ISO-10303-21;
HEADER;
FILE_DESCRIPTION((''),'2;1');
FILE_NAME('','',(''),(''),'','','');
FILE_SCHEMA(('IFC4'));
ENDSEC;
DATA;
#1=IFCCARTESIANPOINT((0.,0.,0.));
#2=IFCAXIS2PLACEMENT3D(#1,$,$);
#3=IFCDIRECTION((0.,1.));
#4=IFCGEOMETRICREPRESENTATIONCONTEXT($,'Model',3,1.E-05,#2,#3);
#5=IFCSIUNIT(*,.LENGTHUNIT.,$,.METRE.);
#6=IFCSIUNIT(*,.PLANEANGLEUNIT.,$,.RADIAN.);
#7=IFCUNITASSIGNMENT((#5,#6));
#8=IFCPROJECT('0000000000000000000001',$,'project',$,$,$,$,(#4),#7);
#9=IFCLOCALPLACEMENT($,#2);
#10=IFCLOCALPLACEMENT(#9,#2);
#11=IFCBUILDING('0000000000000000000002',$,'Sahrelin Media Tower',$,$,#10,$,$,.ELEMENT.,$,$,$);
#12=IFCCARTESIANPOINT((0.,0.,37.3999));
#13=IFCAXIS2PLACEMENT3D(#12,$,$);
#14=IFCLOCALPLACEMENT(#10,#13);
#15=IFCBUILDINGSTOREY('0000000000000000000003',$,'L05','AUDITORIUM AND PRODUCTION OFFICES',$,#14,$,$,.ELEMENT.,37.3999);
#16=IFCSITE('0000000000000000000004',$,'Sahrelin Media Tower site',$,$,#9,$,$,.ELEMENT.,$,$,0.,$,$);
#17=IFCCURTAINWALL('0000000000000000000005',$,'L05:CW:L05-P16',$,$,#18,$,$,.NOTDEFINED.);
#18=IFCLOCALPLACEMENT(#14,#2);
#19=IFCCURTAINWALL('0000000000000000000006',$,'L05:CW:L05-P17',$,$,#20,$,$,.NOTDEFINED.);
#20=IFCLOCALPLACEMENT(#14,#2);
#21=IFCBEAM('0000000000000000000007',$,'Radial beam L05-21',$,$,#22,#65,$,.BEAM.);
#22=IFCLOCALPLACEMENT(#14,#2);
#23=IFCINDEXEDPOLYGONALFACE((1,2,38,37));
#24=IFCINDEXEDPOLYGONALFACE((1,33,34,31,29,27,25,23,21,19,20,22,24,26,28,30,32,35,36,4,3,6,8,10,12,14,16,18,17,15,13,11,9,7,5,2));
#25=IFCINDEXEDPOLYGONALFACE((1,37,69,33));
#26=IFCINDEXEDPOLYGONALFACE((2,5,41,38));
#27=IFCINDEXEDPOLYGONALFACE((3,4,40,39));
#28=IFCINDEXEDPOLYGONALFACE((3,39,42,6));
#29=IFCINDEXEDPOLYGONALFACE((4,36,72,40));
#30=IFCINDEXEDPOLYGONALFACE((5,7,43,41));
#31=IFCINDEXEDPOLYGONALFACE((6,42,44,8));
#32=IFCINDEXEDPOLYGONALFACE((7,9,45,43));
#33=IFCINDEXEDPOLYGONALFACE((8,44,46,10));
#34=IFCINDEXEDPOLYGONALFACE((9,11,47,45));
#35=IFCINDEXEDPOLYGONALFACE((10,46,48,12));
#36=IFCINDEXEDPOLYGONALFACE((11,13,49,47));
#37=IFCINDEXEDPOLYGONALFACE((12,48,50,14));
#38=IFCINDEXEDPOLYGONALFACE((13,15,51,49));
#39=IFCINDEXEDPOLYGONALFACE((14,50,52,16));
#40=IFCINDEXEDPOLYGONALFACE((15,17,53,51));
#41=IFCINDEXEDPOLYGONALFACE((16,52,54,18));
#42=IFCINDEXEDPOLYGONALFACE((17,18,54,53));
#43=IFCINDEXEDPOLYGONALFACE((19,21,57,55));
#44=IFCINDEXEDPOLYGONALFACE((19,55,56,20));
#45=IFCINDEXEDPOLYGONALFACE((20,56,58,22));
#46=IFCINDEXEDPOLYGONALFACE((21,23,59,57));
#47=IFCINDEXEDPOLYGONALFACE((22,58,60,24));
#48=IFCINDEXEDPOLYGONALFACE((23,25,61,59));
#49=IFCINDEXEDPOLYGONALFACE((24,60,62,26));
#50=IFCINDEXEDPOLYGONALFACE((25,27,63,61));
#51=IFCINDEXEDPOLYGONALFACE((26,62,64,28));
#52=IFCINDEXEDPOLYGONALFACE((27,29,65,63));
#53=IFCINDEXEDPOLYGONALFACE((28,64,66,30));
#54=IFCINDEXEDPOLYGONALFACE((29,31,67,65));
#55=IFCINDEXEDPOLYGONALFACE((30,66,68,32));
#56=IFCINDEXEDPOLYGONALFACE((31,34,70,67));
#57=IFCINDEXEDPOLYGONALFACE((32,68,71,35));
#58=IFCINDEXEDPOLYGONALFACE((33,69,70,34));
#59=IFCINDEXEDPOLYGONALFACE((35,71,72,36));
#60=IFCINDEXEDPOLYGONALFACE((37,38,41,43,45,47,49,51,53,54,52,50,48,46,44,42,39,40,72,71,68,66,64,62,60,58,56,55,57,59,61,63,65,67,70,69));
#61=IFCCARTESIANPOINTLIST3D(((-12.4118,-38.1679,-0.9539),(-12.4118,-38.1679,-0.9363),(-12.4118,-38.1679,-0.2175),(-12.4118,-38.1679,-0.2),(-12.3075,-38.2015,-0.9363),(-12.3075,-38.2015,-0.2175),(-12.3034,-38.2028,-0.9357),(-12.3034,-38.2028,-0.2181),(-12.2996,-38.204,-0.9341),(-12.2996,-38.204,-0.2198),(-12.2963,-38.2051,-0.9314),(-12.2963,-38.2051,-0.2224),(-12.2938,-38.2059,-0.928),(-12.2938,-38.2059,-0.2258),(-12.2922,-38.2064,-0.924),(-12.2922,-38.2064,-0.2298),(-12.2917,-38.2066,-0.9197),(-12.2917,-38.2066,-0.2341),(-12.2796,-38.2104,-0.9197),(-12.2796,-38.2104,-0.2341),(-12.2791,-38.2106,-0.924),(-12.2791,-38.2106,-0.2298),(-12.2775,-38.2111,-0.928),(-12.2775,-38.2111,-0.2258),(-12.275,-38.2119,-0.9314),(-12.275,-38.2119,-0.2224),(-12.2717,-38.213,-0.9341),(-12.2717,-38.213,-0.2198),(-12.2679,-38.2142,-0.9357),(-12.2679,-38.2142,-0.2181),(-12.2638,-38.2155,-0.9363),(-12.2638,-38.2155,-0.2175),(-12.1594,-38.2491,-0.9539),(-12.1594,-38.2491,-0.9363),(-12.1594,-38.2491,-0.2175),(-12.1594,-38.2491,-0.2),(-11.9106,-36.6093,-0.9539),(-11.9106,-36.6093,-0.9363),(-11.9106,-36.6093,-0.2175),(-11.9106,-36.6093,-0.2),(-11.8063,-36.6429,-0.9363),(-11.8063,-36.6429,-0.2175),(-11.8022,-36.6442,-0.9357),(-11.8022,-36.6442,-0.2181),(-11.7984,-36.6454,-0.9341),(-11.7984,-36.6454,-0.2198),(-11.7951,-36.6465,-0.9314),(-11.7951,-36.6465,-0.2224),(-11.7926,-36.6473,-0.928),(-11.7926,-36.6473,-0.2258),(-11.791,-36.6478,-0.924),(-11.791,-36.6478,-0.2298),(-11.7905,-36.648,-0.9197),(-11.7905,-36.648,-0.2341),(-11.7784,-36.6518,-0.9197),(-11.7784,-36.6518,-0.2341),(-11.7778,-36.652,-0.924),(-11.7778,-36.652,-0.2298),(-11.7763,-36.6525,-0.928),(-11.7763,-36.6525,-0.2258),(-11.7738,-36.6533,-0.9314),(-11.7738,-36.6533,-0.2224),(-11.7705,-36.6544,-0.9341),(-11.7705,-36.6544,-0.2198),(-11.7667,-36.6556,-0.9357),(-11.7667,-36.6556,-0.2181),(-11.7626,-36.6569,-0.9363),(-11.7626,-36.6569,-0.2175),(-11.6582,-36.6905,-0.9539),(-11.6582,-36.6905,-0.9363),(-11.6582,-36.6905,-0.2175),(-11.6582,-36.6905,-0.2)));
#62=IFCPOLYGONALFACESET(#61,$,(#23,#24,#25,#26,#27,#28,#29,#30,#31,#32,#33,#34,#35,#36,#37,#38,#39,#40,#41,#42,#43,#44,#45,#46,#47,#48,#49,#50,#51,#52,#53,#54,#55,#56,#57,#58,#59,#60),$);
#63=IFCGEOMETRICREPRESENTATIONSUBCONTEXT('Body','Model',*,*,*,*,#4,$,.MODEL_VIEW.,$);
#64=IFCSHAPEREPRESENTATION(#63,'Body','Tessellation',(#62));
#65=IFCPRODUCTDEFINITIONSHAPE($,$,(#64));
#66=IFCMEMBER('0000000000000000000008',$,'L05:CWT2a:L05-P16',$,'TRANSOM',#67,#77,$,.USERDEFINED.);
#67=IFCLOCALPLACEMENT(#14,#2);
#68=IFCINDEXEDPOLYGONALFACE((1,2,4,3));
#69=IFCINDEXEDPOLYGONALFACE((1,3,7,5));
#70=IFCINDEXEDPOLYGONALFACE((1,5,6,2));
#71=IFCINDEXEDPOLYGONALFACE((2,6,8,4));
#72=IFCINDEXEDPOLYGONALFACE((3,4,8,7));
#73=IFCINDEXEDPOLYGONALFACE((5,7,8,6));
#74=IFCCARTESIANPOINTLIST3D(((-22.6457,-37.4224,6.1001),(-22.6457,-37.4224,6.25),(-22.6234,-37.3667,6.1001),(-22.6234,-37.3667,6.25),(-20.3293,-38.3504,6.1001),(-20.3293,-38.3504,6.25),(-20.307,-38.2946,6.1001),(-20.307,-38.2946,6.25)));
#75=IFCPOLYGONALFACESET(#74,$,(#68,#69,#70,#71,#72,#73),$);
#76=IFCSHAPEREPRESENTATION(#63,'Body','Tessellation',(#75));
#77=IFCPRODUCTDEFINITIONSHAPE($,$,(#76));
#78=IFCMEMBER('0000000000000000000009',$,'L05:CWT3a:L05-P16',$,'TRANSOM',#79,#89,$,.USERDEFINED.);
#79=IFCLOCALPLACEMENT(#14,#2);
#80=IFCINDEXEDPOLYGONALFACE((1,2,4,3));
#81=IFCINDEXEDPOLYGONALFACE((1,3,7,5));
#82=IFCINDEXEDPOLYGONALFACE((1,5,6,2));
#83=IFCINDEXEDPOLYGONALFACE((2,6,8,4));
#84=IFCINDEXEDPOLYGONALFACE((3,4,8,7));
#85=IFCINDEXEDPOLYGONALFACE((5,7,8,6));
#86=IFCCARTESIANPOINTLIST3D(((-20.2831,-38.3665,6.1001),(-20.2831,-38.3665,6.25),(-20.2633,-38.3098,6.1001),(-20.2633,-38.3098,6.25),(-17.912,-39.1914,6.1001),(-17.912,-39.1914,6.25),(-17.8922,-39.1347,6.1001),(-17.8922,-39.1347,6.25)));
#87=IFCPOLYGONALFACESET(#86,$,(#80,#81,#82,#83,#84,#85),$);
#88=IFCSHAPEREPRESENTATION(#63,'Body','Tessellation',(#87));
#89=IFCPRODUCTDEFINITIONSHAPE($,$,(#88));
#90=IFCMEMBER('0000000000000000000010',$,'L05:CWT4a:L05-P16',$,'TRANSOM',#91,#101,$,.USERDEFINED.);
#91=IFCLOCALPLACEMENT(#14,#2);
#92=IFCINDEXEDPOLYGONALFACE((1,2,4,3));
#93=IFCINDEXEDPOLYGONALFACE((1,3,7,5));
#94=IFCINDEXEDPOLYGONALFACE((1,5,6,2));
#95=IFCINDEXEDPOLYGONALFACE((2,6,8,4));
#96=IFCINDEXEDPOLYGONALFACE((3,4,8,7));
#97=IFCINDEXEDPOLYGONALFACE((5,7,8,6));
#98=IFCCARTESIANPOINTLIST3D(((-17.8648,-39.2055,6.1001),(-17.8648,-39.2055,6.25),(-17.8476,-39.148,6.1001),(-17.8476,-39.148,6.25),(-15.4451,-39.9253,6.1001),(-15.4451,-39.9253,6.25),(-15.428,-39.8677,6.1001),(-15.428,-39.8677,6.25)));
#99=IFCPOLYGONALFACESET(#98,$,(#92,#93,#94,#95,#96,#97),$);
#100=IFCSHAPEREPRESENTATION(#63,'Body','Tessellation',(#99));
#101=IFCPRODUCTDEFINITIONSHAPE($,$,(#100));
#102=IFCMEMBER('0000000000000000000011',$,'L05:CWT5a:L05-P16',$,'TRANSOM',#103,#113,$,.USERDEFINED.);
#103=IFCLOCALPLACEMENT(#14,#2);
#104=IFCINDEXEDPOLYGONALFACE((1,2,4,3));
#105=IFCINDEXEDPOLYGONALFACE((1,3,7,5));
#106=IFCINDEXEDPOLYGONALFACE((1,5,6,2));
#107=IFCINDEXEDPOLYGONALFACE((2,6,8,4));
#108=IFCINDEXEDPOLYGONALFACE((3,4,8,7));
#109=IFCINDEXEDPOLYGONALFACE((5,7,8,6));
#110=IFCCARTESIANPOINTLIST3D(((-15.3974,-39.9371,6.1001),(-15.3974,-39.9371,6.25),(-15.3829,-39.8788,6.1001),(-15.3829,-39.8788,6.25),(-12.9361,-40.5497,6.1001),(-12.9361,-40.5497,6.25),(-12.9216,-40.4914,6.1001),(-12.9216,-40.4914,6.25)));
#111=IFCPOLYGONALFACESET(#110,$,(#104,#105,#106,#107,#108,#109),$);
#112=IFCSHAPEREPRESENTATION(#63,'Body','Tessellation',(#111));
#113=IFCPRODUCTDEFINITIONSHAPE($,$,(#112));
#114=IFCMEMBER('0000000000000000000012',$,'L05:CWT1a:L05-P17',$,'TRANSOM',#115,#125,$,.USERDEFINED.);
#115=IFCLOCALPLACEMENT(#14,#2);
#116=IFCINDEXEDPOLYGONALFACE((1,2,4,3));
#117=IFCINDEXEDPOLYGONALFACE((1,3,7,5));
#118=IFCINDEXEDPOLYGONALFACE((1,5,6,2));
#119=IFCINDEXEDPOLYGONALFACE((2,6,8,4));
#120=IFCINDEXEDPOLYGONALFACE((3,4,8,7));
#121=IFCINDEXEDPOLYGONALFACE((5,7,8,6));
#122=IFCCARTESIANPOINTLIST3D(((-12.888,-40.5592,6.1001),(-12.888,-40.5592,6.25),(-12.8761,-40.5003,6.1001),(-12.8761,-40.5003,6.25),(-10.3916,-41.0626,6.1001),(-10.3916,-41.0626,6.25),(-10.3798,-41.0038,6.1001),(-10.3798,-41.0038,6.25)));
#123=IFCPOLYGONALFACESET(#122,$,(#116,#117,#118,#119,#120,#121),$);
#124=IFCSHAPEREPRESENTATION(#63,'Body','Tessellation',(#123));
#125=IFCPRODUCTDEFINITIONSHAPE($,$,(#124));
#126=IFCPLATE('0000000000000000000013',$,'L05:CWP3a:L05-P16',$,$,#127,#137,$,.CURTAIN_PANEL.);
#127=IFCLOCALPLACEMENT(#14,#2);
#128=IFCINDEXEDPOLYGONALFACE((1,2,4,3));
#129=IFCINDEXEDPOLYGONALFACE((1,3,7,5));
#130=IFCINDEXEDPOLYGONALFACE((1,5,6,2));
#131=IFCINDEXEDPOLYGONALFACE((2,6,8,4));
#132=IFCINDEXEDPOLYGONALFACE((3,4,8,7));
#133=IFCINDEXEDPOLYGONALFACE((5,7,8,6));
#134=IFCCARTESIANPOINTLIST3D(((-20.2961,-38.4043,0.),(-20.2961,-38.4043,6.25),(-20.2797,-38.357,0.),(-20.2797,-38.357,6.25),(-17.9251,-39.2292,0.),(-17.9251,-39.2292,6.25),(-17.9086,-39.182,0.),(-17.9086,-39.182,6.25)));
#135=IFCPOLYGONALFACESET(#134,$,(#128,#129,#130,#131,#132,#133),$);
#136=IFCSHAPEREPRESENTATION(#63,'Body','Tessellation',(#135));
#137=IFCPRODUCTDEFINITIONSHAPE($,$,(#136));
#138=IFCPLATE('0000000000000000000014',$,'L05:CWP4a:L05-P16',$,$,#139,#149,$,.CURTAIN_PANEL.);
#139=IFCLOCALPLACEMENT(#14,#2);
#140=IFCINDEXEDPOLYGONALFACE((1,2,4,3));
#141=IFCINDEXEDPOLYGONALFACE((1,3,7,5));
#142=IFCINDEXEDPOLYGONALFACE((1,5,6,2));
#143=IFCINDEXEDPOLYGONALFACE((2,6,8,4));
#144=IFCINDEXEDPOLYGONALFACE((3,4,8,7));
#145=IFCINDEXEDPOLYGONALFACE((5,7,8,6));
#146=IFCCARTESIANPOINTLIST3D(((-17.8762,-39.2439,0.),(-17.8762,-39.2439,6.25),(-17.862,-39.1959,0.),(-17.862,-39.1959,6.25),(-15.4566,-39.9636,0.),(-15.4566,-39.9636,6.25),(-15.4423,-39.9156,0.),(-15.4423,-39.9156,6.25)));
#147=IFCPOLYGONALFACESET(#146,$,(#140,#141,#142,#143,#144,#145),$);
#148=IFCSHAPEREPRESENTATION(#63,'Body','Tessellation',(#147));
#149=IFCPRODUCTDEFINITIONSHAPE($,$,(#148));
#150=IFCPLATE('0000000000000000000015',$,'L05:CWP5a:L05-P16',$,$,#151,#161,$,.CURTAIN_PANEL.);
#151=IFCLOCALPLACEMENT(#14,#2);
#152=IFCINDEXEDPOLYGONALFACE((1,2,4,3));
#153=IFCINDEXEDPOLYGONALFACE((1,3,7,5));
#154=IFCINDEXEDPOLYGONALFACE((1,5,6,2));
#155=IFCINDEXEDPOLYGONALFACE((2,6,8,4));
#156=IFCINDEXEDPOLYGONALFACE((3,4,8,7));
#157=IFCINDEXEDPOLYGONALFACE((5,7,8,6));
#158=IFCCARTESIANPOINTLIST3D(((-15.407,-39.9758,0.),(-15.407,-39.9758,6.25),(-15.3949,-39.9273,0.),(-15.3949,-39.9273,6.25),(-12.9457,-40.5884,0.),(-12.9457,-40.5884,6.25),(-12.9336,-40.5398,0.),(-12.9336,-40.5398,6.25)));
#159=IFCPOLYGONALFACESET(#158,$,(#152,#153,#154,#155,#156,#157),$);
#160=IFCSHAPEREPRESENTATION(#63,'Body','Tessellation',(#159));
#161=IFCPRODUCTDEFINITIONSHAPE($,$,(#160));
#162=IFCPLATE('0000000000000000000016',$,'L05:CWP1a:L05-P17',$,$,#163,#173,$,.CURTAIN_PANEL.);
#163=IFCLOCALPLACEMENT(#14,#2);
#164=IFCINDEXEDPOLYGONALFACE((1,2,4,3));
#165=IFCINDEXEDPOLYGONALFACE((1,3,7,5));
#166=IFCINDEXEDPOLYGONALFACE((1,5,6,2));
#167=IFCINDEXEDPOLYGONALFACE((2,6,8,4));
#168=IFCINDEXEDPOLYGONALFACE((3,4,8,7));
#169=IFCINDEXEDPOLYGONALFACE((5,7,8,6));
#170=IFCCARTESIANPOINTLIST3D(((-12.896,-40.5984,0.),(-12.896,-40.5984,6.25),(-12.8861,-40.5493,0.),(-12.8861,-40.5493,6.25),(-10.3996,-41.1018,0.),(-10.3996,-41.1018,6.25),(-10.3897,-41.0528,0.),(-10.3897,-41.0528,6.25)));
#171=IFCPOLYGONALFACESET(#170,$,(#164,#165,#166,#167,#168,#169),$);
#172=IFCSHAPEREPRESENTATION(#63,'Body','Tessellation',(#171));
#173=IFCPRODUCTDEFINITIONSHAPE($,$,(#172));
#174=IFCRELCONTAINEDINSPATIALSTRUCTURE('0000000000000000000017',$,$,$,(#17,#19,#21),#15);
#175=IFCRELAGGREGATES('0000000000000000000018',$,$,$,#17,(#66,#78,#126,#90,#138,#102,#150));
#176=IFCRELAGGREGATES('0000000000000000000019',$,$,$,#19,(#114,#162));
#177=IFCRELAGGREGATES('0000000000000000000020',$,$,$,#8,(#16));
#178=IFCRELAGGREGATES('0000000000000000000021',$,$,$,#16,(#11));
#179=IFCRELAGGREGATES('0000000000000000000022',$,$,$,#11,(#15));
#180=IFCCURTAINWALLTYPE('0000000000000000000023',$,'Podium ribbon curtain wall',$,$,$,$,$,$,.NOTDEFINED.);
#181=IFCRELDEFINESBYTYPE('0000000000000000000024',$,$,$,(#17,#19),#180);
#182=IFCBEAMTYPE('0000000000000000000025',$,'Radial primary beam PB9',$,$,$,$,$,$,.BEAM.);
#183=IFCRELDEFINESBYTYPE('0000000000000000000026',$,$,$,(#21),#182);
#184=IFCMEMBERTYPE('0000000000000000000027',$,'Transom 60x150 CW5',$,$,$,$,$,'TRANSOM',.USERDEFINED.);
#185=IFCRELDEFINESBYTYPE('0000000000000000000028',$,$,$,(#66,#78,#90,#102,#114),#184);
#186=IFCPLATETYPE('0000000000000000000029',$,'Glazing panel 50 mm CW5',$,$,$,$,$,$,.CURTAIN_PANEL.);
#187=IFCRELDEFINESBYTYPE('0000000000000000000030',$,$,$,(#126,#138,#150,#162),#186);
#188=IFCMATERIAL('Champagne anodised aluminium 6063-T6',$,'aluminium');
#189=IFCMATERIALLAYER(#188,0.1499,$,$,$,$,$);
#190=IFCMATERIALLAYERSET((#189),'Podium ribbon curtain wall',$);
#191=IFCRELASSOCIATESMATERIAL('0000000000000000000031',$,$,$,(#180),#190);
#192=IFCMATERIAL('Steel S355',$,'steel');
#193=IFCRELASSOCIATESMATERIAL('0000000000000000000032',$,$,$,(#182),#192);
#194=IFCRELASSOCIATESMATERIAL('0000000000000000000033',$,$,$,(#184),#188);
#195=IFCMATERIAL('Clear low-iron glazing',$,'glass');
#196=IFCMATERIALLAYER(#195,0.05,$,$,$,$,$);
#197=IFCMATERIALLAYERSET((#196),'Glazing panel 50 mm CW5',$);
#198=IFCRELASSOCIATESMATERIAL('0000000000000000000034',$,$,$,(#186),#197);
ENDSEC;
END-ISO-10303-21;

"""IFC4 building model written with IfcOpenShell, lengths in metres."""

from ifc_helpers import new_model, si_unit, direction, frame, origin, origin_2d, place, context, subcontext, project, spatial, polyline, rectangle, i_section, outline, extrude, material, layer, layer_set, material_profile, profile_set, type_object, element, aggregate, save


model = new_model("IFC4")

# Units and contexts
model_context = context("Model", 3, precision=1e-05, world=origin(), true_north=direction((0.0, 1.0)))
body_context = subcontext(model_context, "Body", "Model", "MODEL_VIEW")
ifc_project = project(units=[si_unit("LENGTHUNIT", "METRE"), si_unit("PLANEANGLEUNIT", "RADIAN")], contexts=[model_context])

# Site, building, storey
site_placement = place(None, origin())
site = spatial("IfcSite", under=ifc_project, at=site_placement, Name="Sahrelin Media Tower site", CompositionType="ELEMENT", RefElevation=0.0)
building_placement = place(site_placement, origin())
building = spatial("IfcBuilding", under=site, at=building_placement, Name="Sahrelin Media Tower", CompositionType="ELEMENT")
storey_placement = place(building_placement, frame((0.0, 0.0, 37.3999)))
storey = spatial("IfcBuildingStorey", under=building, at=storey_placement, Name="L05", Description="AUDITORIUM AND PRODUCTION OFFICES", CompositionType="ELEMENT", Elevation=37.3999)

# Shared definitions
ifc_material_1 = material(Name="Steel S355", Category="steel")

# Curtain wall
ifc_material_2 = material(Name="Champagne anodised aluminium 6063-T6", Category="aluminium")
ifc_layer_1 = layer(ifc_material_2, 0.1499)
ifc_layer_set_1 = layer_set([ifc_layer_1], Name="Podium ribbon curtain wall")
curtain_wall_type = type_object("IfcCurtainWallType", Name="Podium ribbon curtain wall", PredefinedType="NOTDEFINED", material=ifc_layer_set_1)
curtain_wall_1_placement = place(storey_placement, frame((-25.0, -36.373, 0.0), z_axis=(0.0, 0.0, 1.0), x_axis=(1.0, 0.0, 0.0)))
curtain_wall_1 = element("IfcCurtainWall", 1, at=curtain_wall_1_placement, inside=storey, type_object=curtain_wall_type, Name="L05:CW:L05-P16", PredefinedType="NOTDEFINED")

# Curtain wall
curtain_wall_2_placement = place(storey_placement, frame((-12.9409, -40.5688, 0.0), z_axis=(0.0, 0.0, 1.0), x_axis=(1.0, 0.0, 0.0)))
curtain_wall_2 = element("IfcCurtainWall", 2, at=curtain_wall_2_placement, inside=storey, type_object=curtain_wall_type, Name="L05:CW:L05-P17", PredefinedType="NOTDEFINED")

# Beam
ifc_material_profile_1 = material_profile(ifc_material_1, i_section(OverallWidth=0.2651, OverallDepth=0.7539, WebThickness=0.0127, FlangeThickness=0.0176, FilletRadius=0.0166, at=origin_2d()), Name="UB 762x267x147")
ifc_profile_set_1 = profile_set([ifc_material_profile_1], Name="Steel S355")
beam_type_1 = type_object("IfcBeamType", Name="Radial primary beam PB9", PredefinedType="BEAM", material=ifc_profile_set_1)
beam_1_placement = place(storey_placement, frame((-11.7844, -36.6499, -0.5769), z_axis=(-0.306144, -0.951985, 0.0), x_axis=(0.951985, -0.306144, 0.0)))
element("IfcBeam", 3, at=beam_1_placement, inside=storey, type_object=beam_type_1, Name="Radial beam L05-21", PredefinedType="BEAM", context=body_context, shape_type="SweptSolid", body=[
    extrude(i_section(OverallWidth=0.2651, OverallDepth=0.7539, WebThickness=0.0127, FlangeThickness=0.0176, FilletRadius=0.0166, at=origin_2d()), origin(), (0.0, 0.0, 1.0), 1.6372),
])

# Members
ifc_material_profile_2 = material_profile(ifc_material_2, rectangle(XDim=0.0601, YDim=0.1499, at=origin_2d()), Name="Transom 60x150")
ifc_profile_set_2 = profile_set([ifc_material_profile_2], Name="Champagne anodised aluminium 6063-T6")
member_type_1 = type_object("IfcMemberType", Name="Transom 60x150 CW5", ElementType="TRANSOM", PredefinedType="USERDEFINED", material=ifc_profile_set_2)
member_1_placement = place(storey_placement, frame((-22.6345, -37.3945, 6.175), z_axis=(0.928281, -0.37188, 0.0), x_axis=(0.37188, 0.928281, 0.0)))
member_1 = element("IfcMember", 4, at=member_1_placement, type_object=member_type_1, Name="L05:CWT2a:L05-P16", ObjectType="TRANSOM", PredefinedType="USERDEFINED", context=body_context, shape_type="SweptSolid", body=[
    extrude(rectangle(XDim=0.0601, YDim=0.1499, at=origin_2d()), origin(), (0.0, 0.0, 1.0), 2.4954),
])
member_2_placement = place(storey_placement, frame((-20.2732, -38.3381, 6.175), z_axis=(0.944469, -0.3286, 0.0), x_axis=(0.3286, 0.944469, 0.0)))
member_2 = element("IfcMember", 5, at=member_2_placement, type_object=member_type_1, Name="L05:CWT3a:L05-P16", ObjectType="TRANSOM", PredefinedType="USERDEFINED", context=body_context, shape_type="SweptSolid", body=[
    extrude(rectangle(XDim=0.0601, YDim=0.1499, at=origin_2d()), origin(), (0.0, 0.0, 1.0), 2.5105),
])
member_3_placement = place(storey_placement, frame((-17.8562, -39.1768, 6.175), z_axis=(0.958497, -0.285102, 0.0), x_axis=(0.285102, 0.958497, 0.0)))
member_3 = element("IfcMember", 6, at=member_3_placement, type_object=member_type_1, Name="L05:CWT4a:L05-P16", ObjectType="TRANSOM", PredefinedType="USERDEFINED", context=body_context, shape_type="SweptSolid", body=[
    extrude(rectangle(XDim=0.0601, YDim=0.1499, at=origin_2d()), origin(), (0.0, 0.0, 1.0), 2.5244),
])
member_4_placement = place(storey_placement, frame((-15.3901, -39.908, 6.175), z_axis=(0.970397, -0.241516, 0.0), x_axis=(0.241516, 0.970397, 0.0)))
member_4 = element("IfcMember", 7, at=member_4_placement, type_object=member_type_1, Name="L05:CWT5a:L05-P16", ObjectType="TRANSOM", PredefinedType="USERDEFINED", context=body_context, shape_type="SweptSolid", body=[
    extrude(rectangle(XDim=0.0601, YDim=0.1499, at=origin_2d()), origin(), (0.0, 0.0, 1.0), 2.5364),
])
member_5_placement = place(storey_placement, frame((-12.8821, -40.5298, 6.175), z_axis=(0.980266, -0.197683, 0.0), x_axis=(0.197683, 0.980266, 0.0)))
member_5 = element("IfcMember", 8, at=member_5_placement, type_object=member_type_1, Name="L05:CWT1a:L05-P17", ObjectType="TRANSOM", PredefinedType="USERDEFINED", context=body_context, shape_type="SweptSolid", body=[
    extrude(rectangle(XDim=0.0601, YDim=0.1499, at=origin_2d()), origin(), (0.0, 0.0, 1.0), 2.5466),
])

# Plates
ifc_material_3 = material(Name="Clear low-iron glazing", Category="glass")
ifc_layer_2 = layer(ifc_material_3, 0.05)
ifc_layer_set_2 = layer_set([ifc_layer_2], Name="Glazing panel 50 mm CW5")
plate_type = type_object("IfcPlateType", Name="Glazing panel 50 mm CW5", PredefinedType="CURTAIN_PANEL", material=ifc_layer_set_2)
plate_1_placement = place(storey_placement, frame((-20.2961, -38.4043, 0.0), z_axis=(-0.3286, -0.944469, 0.0), x_axis=(0.944469, -0.3286, 0.0)))
plate_1 = element("IfcPlate", 9, at=plate_1_placement, type_object=plate_type, Name="L05:CWP3a:L05-P16", PredefinedType="CURTAIN_PANEL", context=body_context, shape_type="SweptSolid", body=[
    extrude(outline(polyline([(0.0, 0.0), (2.5105, 0.0), (2.5105, 6.25), (0.0, 6.25), (0.0, 0.0)])), origin(), (0.0, 0.0, -1.0), 0.05),
])
plate_2_placement = place(storey_placement, frame((-17.8762, -39.2439, 0.0), z_axis=(-0.285102, -0.958497, 0.0), x_axis=(0.958497, -0.285102, 0.0)))
plate_2 = element("IfcPlate", 10, at=plate_2_placement, type_object=plate_type, Name="L05:CWP4a:L05-P16", PredefinedType="CURTAIN_PANEL", context=body_context, shape_type="SweptSolid", body=[
    extrude(outline(polyline([(0.0, 0.0), (2.5244, 0.0), (2.5244, 6.25), (0.0, 6.25), (0.0, 0.0)])), origin(), (0.0, 0.0, -1.0), 0.05),
])
plate_3_placement = place(storey_placement, frame((-15.407, -39.9758, 0.0), z_axis=(-0.241516, -0.970397, 0.0), x_axis=(0.970397, -0.241516, 0.0)))
plate_3 = element("IfcPlate", 11, at=plate_3_placement, type_object=plate_type, Name="L05:CWP5a:L05-P16", PredefinedType="CURTAIN_PANEL", context=body_context, shape_type="SweptSolid", body=[
    extrude(outline(polyline([(0.0, 0.0), (2.5364, 0.0), (2.5364, 6.25), (0.0, 6.25), (0.0, 0.0)])), origin(), (0.0, 0.0, -1.0), 0.05),
])
aggregate(curtain_wall_1, [member_1, member_2, plate_1, member_3, plate_2, member_4, plate_3])
plate_4_placement = place(storey_placement, frame((-12.896, -40.5984, 0.0), z_axis=(-0.197683, -0.980266, 0.0), x_axis=(0.980266, -0.197683, 0.0)))
plate_4 = element("IfcPlate", 12, at=plate_4_placement, type_object=plate_type, Name="L05:CWP1a:L05-P17", PredefinedType="CURTAIN_PANEL", context=body_context, shape_type="SweptSolid", body=[
    extrude(outline(polyline([(0.0, 0.0), (2.5466, 0.0), (2.5466, 6.25), (0.0, 6.25), (0.0, 0.0)])), origin(), (0.0, 0.0, -1.0), 0.05),
])
aggregate(curtain_wall_2, [member_5, plate_4])

save(model, "model.ifc")
